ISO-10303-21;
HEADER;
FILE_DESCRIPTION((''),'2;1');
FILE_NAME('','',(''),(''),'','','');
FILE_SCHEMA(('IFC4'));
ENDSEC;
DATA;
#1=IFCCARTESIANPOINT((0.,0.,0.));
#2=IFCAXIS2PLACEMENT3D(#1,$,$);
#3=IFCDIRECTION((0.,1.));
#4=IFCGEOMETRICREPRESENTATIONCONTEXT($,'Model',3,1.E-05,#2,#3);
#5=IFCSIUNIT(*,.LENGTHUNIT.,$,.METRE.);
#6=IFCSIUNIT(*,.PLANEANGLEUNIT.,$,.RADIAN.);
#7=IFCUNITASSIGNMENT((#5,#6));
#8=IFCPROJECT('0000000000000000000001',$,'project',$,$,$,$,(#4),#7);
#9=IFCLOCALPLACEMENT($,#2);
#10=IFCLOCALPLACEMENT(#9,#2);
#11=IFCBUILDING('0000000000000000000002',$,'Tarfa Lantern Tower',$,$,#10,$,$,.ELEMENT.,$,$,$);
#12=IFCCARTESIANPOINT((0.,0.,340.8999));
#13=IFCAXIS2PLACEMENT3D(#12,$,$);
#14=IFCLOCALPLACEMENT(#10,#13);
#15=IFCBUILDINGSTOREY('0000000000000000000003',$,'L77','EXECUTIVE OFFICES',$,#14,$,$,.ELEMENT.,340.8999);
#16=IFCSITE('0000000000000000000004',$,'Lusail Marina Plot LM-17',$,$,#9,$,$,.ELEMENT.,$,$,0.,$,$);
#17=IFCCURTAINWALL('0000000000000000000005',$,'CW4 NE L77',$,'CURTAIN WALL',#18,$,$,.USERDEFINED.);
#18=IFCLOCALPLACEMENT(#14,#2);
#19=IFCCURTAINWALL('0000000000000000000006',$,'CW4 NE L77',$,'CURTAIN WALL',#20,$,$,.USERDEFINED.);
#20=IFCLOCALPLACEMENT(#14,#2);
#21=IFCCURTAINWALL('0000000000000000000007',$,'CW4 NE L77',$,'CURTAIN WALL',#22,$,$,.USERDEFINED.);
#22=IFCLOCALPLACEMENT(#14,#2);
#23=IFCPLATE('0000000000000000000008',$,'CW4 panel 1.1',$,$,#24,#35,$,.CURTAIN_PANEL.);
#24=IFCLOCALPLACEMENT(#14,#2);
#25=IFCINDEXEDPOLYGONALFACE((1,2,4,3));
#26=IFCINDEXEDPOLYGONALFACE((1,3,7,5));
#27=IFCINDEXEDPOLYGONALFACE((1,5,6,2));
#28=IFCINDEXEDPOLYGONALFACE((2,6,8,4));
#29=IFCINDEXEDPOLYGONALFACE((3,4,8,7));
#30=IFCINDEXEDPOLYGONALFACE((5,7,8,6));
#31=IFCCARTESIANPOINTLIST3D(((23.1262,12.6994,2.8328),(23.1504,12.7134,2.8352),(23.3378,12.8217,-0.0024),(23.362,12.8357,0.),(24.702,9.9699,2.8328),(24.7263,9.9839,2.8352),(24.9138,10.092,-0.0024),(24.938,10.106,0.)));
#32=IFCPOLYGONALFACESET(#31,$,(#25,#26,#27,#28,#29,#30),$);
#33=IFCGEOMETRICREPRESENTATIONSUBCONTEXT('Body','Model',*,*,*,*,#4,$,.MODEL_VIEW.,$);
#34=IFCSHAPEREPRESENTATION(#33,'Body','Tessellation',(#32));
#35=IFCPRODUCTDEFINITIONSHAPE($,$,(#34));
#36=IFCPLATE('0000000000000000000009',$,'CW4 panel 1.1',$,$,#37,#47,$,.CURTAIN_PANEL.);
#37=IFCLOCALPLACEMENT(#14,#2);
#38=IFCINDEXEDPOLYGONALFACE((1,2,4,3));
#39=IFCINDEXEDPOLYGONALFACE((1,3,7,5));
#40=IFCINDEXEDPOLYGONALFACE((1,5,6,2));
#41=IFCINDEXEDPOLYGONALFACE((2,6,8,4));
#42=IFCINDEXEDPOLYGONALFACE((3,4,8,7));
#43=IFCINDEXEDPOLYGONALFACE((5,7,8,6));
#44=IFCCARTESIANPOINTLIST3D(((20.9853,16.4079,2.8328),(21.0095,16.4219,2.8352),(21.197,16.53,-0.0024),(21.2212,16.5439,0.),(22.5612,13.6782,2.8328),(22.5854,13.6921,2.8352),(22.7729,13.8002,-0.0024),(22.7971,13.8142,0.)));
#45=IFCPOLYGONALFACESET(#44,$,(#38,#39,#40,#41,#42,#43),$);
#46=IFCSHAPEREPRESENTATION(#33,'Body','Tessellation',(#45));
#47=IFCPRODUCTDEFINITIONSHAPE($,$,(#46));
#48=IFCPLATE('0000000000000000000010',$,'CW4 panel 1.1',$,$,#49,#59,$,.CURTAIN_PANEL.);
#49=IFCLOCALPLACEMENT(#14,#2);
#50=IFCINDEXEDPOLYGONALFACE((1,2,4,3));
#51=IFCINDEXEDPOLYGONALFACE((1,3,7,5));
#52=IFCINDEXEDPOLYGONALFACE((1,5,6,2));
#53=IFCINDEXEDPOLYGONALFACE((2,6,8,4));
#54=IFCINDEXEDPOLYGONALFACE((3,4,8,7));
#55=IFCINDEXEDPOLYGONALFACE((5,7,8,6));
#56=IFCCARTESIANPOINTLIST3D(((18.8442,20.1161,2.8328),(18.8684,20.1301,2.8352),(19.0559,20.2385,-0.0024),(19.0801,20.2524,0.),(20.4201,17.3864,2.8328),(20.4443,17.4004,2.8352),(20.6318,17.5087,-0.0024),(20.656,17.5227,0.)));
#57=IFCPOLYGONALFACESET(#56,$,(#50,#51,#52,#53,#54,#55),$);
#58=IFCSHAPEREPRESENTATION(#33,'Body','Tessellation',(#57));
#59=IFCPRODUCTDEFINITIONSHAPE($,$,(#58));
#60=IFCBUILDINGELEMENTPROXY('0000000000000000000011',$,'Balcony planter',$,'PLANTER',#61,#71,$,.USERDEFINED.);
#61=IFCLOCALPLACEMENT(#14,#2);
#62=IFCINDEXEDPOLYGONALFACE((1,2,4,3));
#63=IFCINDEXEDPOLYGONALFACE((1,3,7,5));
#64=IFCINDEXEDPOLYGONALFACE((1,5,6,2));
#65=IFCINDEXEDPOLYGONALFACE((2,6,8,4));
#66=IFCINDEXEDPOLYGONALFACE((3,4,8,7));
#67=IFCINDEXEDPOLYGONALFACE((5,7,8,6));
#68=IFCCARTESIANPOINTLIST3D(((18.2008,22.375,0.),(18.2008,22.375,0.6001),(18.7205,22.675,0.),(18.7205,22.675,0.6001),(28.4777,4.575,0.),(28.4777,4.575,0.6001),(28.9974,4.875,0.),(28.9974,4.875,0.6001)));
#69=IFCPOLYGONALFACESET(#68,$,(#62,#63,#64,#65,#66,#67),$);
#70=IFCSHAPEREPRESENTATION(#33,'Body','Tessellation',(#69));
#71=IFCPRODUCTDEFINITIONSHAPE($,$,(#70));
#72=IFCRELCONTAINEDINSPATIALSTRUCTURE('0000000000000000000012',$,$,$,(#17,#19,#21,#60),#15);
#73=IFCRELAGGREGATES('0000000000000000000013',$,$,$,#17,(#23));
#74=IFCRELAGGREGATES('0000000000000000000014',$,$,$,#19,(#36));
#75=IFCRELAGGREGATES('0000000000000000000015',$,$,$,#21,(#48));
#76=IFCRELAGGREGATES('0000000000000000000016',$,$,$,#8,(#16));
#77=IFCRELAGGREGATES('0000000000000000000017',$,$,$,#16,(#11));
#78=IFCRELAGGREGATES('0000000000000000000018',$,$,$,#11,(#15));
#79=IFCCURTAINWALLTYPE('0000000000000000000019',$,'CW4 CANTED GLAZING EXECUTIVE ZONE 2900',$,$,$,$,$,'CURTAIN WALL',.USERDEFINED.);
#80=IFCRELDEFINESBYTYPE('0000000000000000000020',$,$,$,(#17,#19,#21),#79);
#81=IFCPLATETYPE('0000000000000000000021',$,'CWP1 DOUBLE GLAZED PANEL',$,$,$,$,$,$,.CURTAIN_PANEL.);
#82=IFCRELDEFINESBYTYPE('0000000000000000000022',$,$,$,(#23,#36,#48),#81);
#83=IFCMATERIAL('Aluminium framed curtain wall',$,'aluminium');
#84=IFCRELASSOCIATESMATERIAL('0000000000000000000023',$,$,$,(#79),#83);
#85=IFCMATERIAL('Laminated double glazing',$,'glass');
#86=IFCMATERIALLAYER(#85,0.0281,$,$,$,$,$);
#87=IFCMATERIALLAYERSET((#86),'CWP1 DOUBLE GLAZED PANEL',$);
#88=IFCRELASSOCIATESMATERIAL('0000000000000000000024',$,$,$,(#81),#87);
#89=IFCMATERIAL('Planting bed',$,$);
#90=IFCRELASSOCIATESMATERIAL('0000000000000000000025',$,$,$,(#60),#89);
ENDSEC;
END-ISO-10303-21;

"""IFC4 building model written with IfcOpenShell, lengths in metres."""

from ifc_helpers import new_model, si_unit, direction, frame, origin, origin_2d, place, context, subcontext, project, spatial, polyline, rectangle, outline, extrude, material, layer, layer_set, type_object, element, aggregate, save


model = new_model("IFC4")

# Units and contexts
model_context = context("Model", 3, precision=1e-05, world=origin(), true_north=direction((0.0, 1.0)))
body_context = subcontext(model_context, "Body", "Model", "MODEL_VIEW")
ifc_project = project(units=[si_unit("LENGTHUNIT", "METRE"), si_unit("PLANEANGLEUNIT", "RADIAN")], contexts=[model_context])

# Site, building, storey
site_placement = place(None, origin())
site = spatial("IfcSite", under=ifc_project, at=site_placement, Name="Lusail Marina Plot LM-17", CompositionType="ELEMENT", RefElevation=0.0)
building_placement = place(site_placement, origin())
building = spatial("IfcBuilding", under=site, at=building_placement, Name="Tarfa Lantern Tower", CompositionType="ELEMENT")
storey_placement = place(building_placement, frame((0.0, 0.0, 340.8999)))
storey = spatial("IfcBuildingStorey", under=building, at=storey_placement, Name="L77", Description="EXECUTIVE OFFICES", CompositionType="ELEMENT", Elevation=340.8999)

# Curtain walls
ifc_material_1 = material(Name="Aluminium framed curtain wall", Category="aluminium")
curtain_wall_type = type_object("IfcCurtainWallType", Name="CW4 CANTED GLAZING EXECUTIVE ZONE 2900", ElementType="CURTAIN WALL", PredefinedType="USERDEFINED", material=ifc_material_1)
curtain_wall_1_placement = place(storey_placement, origin())
curtain_wall_1 = element("IfcCurtainWall", 1, at=curtain_wall_1_placement, inside=storey, type_object=curtain_wall_type, Name="CW4 NE L77", ObjectType="CURTAIN WALL", PredefinedType="USERDEFINED")
curtain_wall_2_placement = place(storey_placement, origin())
curtain_wall_2 = element("IfcCurtainWall", 2, at=curtain_wall_2_placement, inside=storey, type_object=curtain_wall_type, Name="CW4 NE L77", ObjectType="CURTAIN WALL", PredefinedType="USERDEFINED")
curtain_wall_3_placement = place(storey_placement, origin())
curtain_wall_3 = element("IfcCurtainWall", 3, at=curtain_wall_3_placement, inside=storey, type_object=curtain_wall_type, Name="CW4 NE L77", ObjectType="CURTAIN WALL", PredefinedType="USERDEFINED")

# Plates
ifc_material_2 = material(Name="Laminated double glazing", Category="glass")
ifc_layer = layer(ifc_material_2, 0.0281)
ifc_layer_set = layer_set([ifc_layer], Name="CWP1 DOUBLE GLAZED PANEL")
plate_type = type_object("IfcPlateType", Name="CWP1 DOUBLE GLAZED PANEL", PredefinedType="CURTAIN_PANEL", material=ifc_layer_set)
plate_1_placement = place(storey_placement, frame((24.938, 10.106, 0.0), z_axis=(0.862828, 0.498149, 0.085886), x_axis=(-0.499996, 0.866028, -0.000002)))
plate_1 = element("IfcPlate", 4, at=plate_1_placement, type_object=plate_type, Name="CW4 panel 1.1", PredefinedType="CURTAIN_PANEL", context=body_context, shape_type="SweptSolid", body=[
    extrude(outline(polyline([(0.0, 0.0), (3.152, 0.0), (3.1519, 2.8457), (0.0001, 2.8457), (0.0, 0.0)])), origin(), (0.0, 0.0, -1.0), 0.0281),
])
aggregate(curtain_wall_1, [plate_1])
plate_2_placement = place(storey_placement, frame((22.7971, 13.8142, 0.0), z_axis=(0.862839, 0.498133, 0.085865), x_axis=(-0.499979, 0.866037, 0.0)))
plate_2 = element("IfcPlate", 5, at=plate_2_placement, type_object=plate_type, Name="CW4 panel 1.1", PredefinedType="CURTAIN_PANEL", context=body_context, shape_type="SweptSolid", body=[
    extrude(outline(polyline([(0.0, 0.0), (3.152, 0.0), (3.1521, 2.8457), (0.0001, 2.8457), (0.0, 0.0)])), origin(), (0.0, 0.0, -1.0), 0.0281),
])
aggregate(curtain_wall_2, [plate_2])
plate_3_placement = place(storey_placement, frame((20.656, 17.5227, 0.0), z_axis=(0.862836, 0.498131, 0.085907), x_axis=(-0.499979, 0.866037, 0.0)))
plate_3 = element("IfcPlate", 6, at=plate_3_placement, type_object=plate_type, Name="CW4 panel 1.1", PredefinedType="CURTAIN_PANEL", context=body_context, shape_type="SweptSolid", body=[
    extrude(outline(polyline([(0.0, 0.0), (3.152, 0.0), (3.1519, 2.8457), (-0.0001, 2.8457), (0.0, 0.0)])), origin(), (0.0, 0.0, -1.0), 0.0281),
])
aggregate(curtain_wall_3, [plate_3])

# Building element proxy
ifc_material_3 = material(Name="Planting bed")
proxy_placement = place(storey_placement, frame((23.5991, 13.625, 0.0), z_axis=(0.0, 0.0, 1.0), x_axis=(-0.5, 0.866025, 0.0)))
element("IfcBuildingElementProxy", 7, at=proxy_placement, inside=storey, material=ifc_material_3, Name="Balcony planter", ObjectType="PLANTER", PredefinedType="USERDEFINED", context=body_context, shape_type="SweptSolid", body=[
    extrude(rectangle(XDim=20.5537, YDim=0.6001, at=origin_2d()), origin(), (0.0, 0.0, 1.0), 0.6001),
])

save(model, "model.ifc")
